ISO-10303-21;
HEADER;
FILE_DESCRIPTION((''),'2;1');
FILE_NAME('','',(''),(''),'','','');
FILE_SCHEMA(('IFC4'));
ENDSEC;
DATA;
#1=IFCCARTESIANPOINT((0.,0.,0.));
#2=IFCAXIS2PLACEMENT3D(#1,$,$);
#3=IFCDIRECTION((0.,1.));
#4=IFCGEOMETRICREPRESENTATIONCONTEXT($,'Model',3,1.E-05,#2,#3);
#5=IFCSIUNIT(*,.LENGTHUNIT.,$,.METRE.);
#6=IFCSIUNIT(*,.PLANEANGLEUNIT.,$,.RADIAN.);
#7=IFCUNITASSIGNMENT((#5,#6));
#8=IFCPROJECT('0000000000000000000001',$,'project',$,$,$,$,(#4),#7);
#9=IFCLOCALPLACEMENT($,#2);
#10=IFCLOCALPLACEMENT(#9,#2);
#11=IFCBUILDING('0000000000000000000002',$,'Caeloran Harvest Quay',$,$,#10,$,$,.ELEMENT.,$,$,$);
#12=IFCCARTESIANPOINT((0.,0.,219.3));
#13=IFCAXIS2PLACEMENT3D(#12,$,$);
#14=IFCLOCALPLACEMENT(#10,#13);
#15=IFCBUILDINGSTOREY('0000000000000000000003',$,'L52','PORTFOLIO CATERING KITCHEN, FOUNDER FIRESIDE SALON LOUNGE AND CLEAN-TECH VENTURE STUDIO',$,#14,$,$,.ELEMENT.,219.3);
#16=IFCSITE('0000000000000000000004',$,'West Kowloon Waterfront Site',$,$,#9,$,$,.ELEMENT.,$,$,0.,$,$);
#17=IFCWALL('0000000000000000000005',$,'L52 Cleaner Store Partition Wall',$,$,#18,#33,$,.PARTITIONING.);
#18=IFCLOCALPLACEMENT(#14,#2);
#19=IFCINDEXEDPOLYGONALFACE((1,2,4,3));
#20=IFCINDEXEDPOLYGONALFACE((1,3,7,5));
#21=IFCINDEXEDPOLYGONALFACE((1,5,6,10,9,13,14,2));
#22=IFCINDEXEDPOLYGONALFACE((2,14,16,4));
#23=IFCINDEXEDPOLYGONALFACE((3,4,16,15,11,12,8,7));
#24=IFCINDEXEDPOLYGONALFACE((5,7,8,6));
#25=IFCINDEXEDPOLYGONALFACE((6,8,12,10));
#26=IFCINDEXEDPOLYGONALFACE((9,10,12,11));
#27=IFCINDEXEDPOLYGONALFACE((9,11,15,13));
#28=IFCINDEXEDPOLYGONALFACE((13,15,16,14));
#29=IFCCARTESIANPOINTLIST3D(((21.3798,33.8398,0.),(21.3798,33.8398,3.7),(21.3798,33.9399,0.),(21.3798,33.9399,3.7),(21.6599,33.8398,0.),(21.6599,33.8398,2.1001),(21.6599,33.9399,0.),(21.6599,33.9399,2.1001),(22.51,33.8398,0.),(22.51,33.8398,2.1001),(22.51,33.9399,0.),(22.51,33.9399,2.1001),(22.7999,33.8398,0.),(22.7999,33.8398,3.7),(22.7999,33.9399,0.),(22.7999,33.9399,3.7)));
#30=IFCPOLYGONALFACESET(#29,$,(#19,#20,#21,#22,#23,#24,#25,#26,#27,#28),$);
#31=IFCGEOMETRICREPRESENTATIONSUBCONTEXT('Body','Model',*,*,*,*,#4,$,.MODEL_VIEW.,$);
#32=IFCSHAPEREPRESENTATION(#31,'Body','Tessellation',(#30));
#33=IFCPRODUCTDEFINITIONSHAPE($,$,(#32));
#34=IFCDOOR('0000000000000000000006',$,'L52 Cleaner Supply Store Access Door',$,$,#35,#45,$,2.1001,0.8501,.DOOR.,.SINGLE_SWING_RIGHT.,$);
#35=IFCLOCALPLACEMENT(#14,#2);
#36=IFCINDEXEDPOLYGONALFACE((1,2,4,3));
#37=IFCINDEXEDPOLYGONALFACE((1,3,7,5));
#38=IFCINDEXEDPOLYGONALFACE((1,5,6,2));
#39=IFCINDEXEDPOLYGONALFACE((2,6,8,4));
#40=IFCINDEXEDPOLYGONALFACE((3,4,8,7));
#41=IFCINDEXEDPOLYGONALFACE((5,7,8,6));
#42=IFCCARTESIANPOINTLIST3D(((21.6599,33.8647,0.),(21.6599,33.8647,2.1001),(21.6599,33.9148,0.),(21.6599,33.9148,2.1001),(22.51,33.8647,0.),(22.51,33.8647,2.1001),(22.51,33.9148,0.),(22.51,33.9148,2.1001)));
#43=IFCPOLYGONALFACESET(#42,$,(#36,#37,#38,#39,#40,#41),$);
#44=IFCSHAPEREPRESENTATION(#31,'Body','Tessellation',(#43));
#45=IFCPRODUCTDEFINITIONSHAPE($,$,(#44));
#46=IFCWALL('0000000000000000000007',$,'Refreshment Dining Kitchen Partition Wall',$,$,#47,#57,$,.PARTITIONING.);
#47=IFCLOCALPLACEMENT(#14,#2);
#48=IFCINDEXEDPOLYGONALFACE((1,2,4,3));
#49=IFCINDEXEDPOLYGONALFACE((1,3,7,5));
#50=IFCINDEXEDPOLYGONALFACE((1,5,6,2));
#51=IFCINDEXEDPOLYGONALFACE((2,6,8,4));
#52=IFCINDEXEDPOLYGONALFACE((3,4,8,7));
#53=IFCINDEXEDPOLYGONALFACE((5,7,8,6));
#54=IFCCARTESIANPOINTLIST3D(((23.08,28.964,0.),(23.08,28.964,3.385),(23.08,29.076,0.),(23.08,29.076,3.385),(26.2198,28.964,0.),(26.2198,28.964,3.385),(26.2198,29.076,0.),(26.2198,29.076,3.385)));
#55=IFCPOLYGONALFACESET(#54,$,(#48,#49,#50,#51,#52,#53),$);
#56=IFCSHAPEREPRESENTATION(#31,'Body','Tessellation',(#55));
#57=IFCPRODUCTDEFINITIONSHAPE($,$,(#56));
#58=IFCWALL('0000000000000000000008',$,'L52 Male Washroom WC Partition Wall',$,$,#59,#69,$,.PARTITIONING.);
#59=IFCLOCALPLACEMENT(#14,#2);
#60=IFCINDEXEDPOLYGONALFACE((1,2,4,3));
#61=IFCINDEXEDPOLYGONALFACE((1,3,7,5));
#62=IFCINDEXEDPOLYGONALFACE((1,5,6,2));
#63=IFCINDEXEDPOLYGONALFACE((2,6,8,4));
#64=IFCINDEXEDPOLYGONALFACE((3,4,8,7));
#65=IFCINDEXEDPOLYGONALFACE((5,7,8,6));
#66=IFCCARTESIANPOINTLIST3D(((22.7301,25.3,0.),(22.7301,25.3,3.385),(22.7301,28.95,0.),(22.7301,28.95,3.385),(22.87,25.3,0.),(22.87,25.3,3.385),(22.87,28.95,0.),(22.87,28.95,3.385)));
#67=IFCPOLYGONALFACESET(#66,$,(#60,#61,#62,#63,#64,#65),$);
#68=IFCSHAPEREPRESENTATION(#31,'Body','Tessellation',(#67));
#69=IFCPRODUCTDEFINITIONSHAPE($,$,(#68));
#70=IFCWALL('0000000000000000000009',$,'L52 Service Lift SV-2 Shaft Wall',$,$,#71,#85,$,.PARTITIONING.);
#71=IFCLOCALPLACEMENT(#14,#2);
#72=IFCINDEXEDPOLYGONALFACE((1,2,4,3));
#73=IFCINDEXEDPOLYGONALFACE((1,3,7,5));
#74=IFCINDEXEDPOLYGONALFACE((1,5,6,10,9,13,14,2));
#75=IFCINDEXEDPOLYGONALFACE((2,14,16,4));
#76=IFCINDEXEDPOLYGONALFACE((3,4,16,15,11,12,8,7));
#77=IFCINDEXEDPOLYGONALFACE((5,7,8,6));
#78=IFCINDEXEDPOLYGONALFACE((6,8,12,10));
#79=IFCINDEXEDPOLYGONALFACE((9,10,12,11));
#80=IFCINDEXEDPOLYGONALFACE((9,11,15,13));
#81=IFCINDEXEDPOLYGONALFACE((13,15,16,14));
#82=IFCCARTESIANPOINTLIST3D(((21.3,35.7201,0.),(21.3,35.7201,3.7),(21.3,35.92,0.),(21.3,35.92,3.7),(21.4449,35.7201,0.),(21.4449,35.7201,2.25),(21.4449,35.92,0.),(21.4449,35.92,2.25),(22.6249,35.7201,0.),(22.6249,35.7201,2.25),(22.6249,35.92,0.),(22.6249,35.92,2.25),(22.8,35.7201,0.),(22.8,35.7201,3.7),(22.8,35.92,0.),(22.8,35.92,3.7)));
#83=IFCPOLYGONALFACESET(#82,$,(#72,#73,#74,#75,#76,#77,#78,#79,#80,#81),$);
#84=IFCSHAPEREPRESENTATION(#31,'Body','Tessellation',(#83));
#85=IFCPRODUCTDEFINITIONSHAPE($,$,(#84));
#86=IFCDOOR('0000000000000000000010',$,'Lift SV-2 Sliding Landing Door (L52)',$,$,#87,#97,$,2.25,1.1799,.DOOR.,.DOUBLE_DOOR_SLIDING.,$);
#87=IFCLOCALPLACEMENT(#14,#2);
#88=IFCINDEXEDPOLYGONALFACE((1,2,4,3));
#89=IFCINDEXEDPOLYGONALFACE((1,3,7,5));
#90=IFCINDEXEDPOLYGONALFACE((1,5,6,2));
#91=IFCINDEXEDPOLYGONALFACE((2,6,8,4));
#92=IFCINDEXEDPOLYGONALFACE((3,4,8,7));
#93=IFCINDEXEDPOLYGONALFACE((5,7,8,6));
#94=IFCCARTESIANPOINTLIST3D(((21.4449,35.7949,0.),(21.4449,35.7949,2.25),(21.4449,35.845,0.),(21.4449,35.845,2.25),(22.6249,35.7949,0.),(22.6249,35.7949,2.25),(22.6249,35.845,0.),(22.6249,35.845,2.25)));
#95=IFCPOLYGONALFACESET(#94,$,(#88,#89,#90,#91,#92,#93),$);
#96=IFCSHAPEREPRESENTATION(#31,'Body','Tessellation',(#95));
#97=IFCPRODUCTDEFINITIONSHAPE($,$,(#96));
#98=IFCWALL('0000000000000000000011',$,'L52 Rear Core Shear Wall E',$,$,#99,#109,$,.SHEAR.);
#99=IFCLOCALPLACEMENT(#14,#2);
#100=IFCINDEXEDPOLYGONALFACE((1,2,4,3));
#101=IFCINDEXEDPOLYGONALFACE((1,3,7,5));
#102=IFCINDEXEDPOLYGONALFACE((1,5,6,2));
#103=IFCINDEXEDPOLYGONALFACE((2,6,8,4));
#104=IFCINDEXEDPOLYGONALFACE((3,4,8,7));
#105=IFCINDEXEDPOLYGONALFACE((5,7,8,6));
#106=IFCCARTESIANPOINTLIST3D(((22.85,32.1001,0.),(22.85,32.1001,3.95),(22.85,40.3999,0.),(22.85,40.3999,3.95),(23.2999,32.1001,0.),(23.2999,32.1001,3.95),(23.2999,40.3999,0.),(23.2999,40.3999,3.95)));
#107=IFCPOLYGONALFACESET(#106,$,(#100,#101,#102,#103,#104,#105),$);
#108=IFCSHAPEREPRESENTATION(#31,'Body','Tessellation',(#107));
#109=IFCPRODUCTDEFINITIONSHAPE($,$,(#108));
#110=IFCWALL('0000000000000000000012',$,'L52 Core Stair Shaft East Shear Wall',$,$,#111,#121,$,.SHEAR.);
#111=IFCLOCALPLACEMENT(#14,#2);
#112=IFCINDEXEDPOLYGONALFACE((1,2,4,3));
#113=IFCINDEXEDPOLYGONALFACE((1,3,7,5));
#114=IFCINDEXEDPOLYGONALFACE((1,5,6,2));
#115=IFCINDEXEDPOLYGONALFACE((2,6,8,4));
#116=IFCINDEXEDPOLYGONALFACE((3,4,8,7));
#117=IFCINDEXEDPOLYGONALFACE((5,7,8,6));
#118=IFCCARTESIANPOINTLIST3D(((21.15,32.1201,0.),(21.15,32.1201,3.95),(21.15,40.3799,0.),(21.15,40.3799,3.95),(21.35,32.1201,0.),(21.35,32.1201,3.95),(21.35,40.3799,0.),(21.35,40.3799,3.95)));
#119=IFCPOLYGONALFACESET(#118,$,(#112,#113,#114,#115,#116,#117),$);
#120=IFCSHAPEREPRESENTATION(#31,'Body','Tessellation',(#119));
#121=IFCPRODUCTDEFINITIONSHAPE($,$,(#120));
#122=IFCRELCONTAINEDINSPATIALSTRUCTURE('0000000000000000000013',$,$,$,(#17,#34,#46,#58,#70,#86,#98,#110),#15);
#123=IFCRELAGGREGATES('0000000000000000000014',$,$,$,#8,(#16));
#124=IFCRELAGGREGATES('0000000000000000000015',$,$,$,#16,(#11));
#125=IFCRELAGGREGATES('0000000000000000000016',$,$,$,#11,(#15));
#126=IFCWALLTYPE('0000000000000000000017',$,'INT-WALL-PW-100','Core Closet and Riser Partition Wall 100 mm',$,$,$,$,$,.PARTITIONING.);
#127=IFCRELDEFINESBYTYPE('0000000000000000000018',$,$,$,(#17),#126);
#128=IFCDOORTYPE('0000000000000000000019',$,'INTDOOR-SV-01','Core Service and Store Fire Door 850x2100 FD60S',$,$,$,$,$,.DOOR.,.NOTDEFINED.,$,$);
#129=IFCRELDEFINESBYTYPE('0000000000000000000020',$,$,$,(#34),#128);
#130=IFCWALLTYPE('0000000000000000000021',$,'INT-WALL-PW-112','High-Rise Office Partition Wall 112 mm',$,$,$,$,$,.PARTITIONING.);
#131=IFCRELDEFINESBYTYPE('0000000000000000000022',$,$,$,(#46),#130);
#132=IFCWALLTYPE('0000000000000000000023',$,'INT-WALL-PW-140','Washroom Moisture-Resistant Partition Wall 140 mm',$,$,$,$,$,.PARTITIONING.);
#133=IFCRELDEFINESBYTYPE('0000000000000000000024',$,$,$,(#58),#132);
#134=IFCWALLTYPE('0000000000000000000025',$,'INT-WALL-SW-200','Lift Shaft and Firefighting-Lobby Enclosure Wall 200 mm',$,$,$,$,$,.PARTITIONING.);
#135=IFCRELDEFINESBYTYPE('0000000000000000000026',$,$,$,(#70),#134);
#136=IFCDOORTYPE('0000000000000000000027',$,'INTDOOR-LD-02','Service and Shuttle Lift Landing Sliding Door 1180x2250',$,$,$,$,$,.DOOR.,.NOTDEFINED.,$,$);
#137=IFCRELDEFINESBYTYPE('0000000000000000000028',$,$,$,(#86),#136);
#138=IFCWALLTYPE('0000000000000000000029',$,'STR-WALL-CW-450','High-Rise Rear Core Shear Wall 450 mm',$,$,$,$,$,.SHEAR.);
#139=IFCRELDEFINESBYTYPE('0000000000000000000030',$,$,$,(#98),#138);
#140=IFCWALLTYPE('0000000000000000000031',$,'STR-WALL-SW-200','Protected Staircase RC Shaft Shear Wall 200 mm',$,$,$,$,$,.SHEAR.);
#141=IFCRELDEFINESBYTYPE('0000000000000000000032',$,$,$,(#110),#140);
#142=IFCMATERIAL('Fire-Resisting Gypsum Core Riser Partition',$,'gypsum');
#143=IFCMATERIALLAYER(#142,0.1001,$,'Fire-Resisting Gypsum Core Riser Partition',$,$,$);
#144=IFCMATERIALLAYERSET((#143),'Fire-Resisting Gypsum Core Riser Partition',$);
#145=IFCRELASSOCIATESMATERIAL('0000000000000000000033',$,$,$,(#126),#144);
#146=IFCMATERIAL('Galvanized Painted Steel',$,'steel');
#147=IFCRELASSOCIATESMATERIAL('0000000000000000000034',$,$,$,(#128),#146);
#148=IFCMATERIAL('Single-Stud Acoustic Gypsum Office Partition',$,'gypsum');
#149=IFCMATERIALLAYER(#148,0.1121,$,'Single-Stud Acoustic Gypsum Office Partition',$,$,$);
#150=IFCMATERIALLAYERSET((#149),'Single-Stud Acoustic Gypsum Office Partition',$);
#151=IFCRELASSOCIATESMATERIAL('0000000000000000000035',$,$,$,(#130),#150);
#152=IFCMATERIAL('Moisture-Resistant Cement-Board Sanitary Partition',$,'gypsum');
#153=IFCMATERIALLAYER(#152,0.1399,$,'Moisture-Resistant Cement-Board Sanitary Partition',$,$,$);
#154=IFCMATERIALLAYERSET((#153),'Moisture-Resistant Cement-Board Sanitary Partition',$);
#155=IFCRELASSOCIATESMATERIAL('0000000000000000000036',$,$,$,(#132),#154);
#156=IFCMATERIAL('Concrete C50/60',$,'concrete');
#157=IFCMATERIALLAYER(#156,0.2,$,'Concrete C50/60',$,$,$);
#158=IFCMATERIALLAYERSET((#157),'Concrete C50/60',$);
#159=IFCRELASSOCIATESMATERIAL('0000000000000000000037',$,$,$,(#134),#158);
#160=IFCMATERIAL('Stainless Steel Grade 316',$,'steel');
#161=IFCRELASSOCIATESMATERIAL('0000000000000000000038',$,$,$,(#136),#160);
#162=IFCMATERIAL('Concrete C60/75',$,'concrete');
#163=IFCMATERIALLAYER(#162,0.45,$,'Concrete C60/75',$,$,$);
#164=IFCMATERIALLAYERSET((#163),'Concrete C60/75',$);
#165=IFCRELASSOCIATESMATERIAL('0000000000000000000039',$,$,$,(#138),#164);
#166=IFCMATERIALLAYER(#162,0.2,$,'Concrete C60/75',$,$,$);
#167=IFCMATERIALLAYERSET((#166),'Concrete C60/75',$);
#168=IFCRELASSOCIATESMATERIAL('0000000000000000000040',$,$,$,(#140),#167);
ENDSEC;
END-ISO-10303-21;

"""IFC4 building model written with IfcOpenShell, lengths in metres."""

from ifc_helpers import new_model, si_unit, direction, frame, frame_2d, origin, place, context, subcontext, project, spatial, rectangle, extrude, material, layer, layer_set, type_object, element, fill, save


model = new_model("IFC4")

# Units and contexts
model_context = context("Model", 3, precision=1e-05, world=origin(), true_north=direction((0.0, 1.0)))
body_context = subcontext(model_context, "Body", "Model", "MODEL_VIEW")
ifc_project = project(units=[si_unit("LENGTHUNIT", "METRE"), si_unit("PLANEANGLEUNIT", "RADIAN")], contexts=[model_context])

# Site, building, storey
site_placement = place(None, origin())
site = spatial("IfcSite", under=ifc_project, at=site_placement, Name="West Kowloon Waterfront Site", CompositionType="ELEMENT", RefElevation=0.0)
building_placement = place(site_placement, origin())
building = spatial("IfcBuilding", under=site, at=building_placement, Name="Caeloran Harvest Quay", CompositionType="ELEMENT")
storey_placement = place(building_placement, frame((0.0, 0.0, 219.3)))
storey = spatial("IfcBuildingStorey", under=building, at=storey_placement, Name="L52", Description="PORTFOLIO CATERING KITCHEN, FOUNDER FIRESIDE SALON LOUNGE AND CLEAN-TECH VENTURE STUDIO", CompositionType="ELEMENT", Elevation=219.3)

# Wall, opening, door
ifc_material_1 = material(Name="Fire-Resisting Gypsum Core Riser Partition", Category="gypsum")
ifc_layer_1 = layer(ifc_material_1, 0.1001, Name="Fire-Resisting Gypsum Core Riser Partition")
ifc_layer_set_1 = layer_set([ifc_layer_1], Name="Fire-Resisting Gypsum Core Riser Partition")
wall_type_1 = type_object("IfcWallType", Name="INT-WALL-PW-100", Description="Core Closet and Riser Partition Wall 100 mm", PredefinedType="PARTITIONING", material=ifc_layer_set_1)
wall_1_placement = place(storey_placement, frame((21.3799, 33.8899, 0.0), z_axis=(0.0, 0.0, 1.0), x_axis=(1.0, 0.0, 0.0)))
wall_1 = element("IfcWall", 1, at=wall_1_placement, inside=storey, type_object=wall_type_1, Name="L52 Cleaner Store Partition Wall", PredefinedType="PARTITIONING", context=body_context, shape_type="SweptSolid", body=[
    extrude(rectangle(XDim=1.4202, YDim=0.1001, at=frame_2d((0.71, 0.0))), origin(), (0.0, 0.0, 1.0), 3.7),
])
opening_1_placement = place(wall_1_placement, frame((0.28, 0.0, 0.0)))
opening_1 = element("IfcOpeningElement", 2, at=opening_1_placement, cuts=wall_1, PredefinedType="OPENING", context=body_context, shape_type="SweptSolid", body=[
    extrude(rectangle(XDim=0.8501, YDim=2.1001, at=frame_2d((0.425, 1.05))), frame((0.0, 0.0601, 0.0), z_axis=(0.0, -1.0, 0.0), x_axis=(1.0, 0.0, 0.0)), (0.0, 0.0, 1.0), 0.1201),
])
ifc_material_2 = material(Name="Galvanized Painted Steel", Category="steel")
door_type_1 = type_object("IfcDoorType", Name="INTDOOR-SV-01", Description="Core Service and Store Fire Door 850x2100 FD60S", OperationType="NOTDEFINED", PredefinedType="DOOR", material=ifc_material_2)
door_1_placement = place(opening_1_placement, origin())
door_1 = element("IfcDoor", 3, at=door_1_placement, inside=storey, type_object=door_type_1, Name="L52 Cleaner Supply Store Access Door", OperationType="SINGLE_SWING_RIGHT", OverallHeight=2.1001, OverallWidth=0.8501, PredefinedType="DOOR", context=body_context, shape_type="SweptSolid", body=[
    extrude(rectangle(XDim=0.8501, YDim=2.1001, at=frame_2d((0.425, 1.05))), frame((0.0, 0.0249, 0.0), z_axis=(0.0, -1.0, 0.0), x_axis=(1.0, 0.0, 0.0)), (0.0, 0.0, 1.0), 0.05),
])
fill(opening_1, door_1)

# Walls
ifc_material_3 = material(Name="Single-Stud Acoustic Gypsum Office Partition", Category="gypsum")
ifc_layer_2 = layer(ifc_material_3, 0.1121, Name="Single-Stud Acoustic Gypsum Office Partition")
ifc_layer_set_2 = layer_set([ifc_layer_2], Name="Single-Stud Acoustic Gypsum Office Partition")
wall_type_2 = type_object("IfcWallType", Name="INT-WALL-PW-112", Description="High-Rise Office Partition Wall 112 mm", PredefinedType="PARTITIONING", material=ifc_layer_set_2)
wall_2_placement = place(storey_placement, frame((23.0801, 29.02, 0.0), z_axis=(0.0, 0.0, 1.0), x_axis=(1.0, 0.0, 0.0)))
element("IfcWall", 4, at=wall_2_placement, inside=storey, type_object=wall_type_2, Name="Refreshment Dining Kitchen Partition Wall", PredefinedType="PARTITIONING", context=body_context, shape_type="SweptSolid", body=[
    extrude(rectangle(XDim=3.1399, YDim=0.1121, at=frame_2d((1.5698, 0.0))), origin(), (0.0, 0.0, 1.0), 3.385),
])
ifc_material_4 = material(Name="Moisture-Resistant Cement-Board Sanitary Partition", Category="gypsum")
ifc_layer_3 = layer(ifc_material_4, 0.1399, Name="Moisture-Resistant Cement-Board Sanitary Partition")
ifc_layer_set_3 = layer_set([ifc_layer_3], Name="Moisture-Resistant Cement-Board Sanitary Partition")
wall_type_3 = type_object("IfcWallType", Name="INT-WALL-PW-140", Description="Washroom Moisture-Resistant Partition Wall 140 mm", PredefinedType="PARTITIONING", material=ifc_layer_set_3)
wall_3_placement = place(storey_placement, frame((22.8, 28.95, 0.0), z_axis=(0.0, 0.0, 1.0), x_axis=(0.0, -1.0, 0.0)))
element("IfcWall", 5, at=wall_3_placement, inside=storey, type_object=wall_type_3, Name="L52 Male Washroom WC Partition Wall", PredefinedType="PARTITIONING", context=body_context, shape_type="SweptSolid", body=[
    extrude(rectangle(XDim=3.6499, YDim=0.1399, at=frame_2d((1.825, 0.0))), origin(), (0.0, 0.0, 1.0), 3.385),
])

# Wall, opening, door
ifc_material_5 = material(Name="Concrete C50/60", Category="concrete")
ifc_layer_4 = layer(ifc_material_5, 0.2, Name="Concrete C50/60")
ifc_layer_set_4 = layer_set([ifc_layer_4], Name="Concrete C50/60")
wall_type_4 = type_object("IfcWallType", Name="INT-WALL-SW-200", Description="Lift Shaft and Firefighting-Lobby Enclosure Wall 200 mm", PredefinedType="PARTITIONING", material=ifc_layer_set_4)
wall_4_placement = place(storey_placement, frame((21.3, 35.8201, 0.0), z_axis=(0.0, 0.0, 1.0), x_axis=(1.0, 0.0, 0.0)))
wall_4 = element("IfcWall", 6, at=wall_4_placement, inside=storey, type_object=wall_type_4, Name="L52 Service Lift SV-2 Shaft Wall", PredefinedType="PARTITIONING", context=body_context, shape_type="SweptSolid", body=[
    extrude(rectangle(XDim=1.5, YDim=0.2, at=frame_2d((0.75, 0.0))), origin(), (0.0, 0.0, 1.0), 3.7),
])
opening_2_placement = place(wall_4_placement, frame((0.145, 0.0, 0.0)))
opening_2 = element("IfcOpeningElement", 7, at=opening_2_placement, cuts=wall_4, PredefinedType="OPENING", context=body_context, shape_type="SweptSolid", body=[
    extrude(rectangle(XDim=1.1799, YDim=2.25, at=frame_2d((0.5898, 1.125))), frame((0.0, 0.1099, 0.0), z_axis=(0.0, -1.0, 0.0), x_axis=(1.0, 0.0, 0.0)), (0.0, 0.0, 1.0), 0.22),
])
ifc_material_6 = material(Name="Stainless Steel Grade 316", Category="steel")
door_type_2 = type_object("IfcDoorType", Name="INTDOOR-LD-02", Description="Service and Shuttle Lift Landing Sliding Door 1180x2250", OperationType="NOTDEFINED", PredefinedType="DOOR", material=ifc_material_6)
door_2_placement = place(opening_2_placement, origin())
door_2 = element("IfcDoor", 8, at=door_2_placement, inside=storey, type_object=door_type_2, Name="Lift SV-2 Sliding Landing Door (L52)", OperationType="DOUBLE_DOOR_SLIDING", OverallHeight=2.25, OverallWidth=1.1799, PredefinedType="DOOR", context=body_context, shape_type="SweptSolid", body=[
    extrude(rectangle(XDim=1.1799, YDim=2.25, at=frame_2d((0.5898, 1.125))), frame((0.0, 0.0249, 0.0), z_axis=(0.0, -1.0, 0.0), x_axis=(1.0, 0.0, 0.0)), (0.0, 0.0, 1.0), 0.05),
])
fill(opening_2, door_2)

# Walls
ifc_material_7 = material(Name="Concrete C60/75", Category="concrete")
ifc_layer_5 = layer(ifc_material_7, 0.45, Name="Concrete C60/75")
ifc_layer_set_5 = layer_set([ifc_layer_5], Name="Concrete C60/75")
wall_type_5 = type_object("IfcWallType", Name="STR-WALL-CW-450", Description="High-Rise Rear Core Shear Wall 450 mm", PredefinedType="SHEAR", material=ifc_layer_set_5)
wall_5_placement = place(storey_placement, frame((23.075, 32.1001, 0.0), z_axis=(0.0, 0.0, 1.0), x_axis=(0.0, 1.0, 0.0)))
element("IfcWall", 9, at=wall_5_placement, inside=storey, type_object=wall_type_5, Name="L52 Rear Core Shear Wall E", PredefinedType="SHEAR", context=body_context, shape_type="SweptSolid", body=[
    extrude(rectangle(XDim=8.2998, YDim=0.45, at=frame_2d((4.1499, 0.0))), origin(), (0.0, 0.0, 1.0), 3.95),
])
ifc_layer_6 = layer(ifc_material_7, 0.2, Name="Concrete C60/75")
ifc_layer_set_6 = layer_set([ifc_layer_6], Name="Concrete C60/75")
wall_type_6 = type_object("IfcWallType", Name="STR-WALL-SW-200", Description="Protected Staircase RC Shaft Shear Wall 200 mm", PredefinedType="SHEAR", material=ifc_layer_set_6)
wall_6_placement = place(storey_placement, frame((21.25, 32.1201, 0.0), z_axis=(0.0, 0.0, 1.0), x_axis=(0.0, 1.0, 0.0)))
element("IfcWall", 10, at=wall_6_placement, inside=storey, type_object=wall_type_6, Name="L52 Core Stair Shaft East Shear Wall", PredefinedType="SHEAR", context=body_context, shape_type="SweptSolid", body=[
    extrude(rectangle(XDim=8.2598, YDim=0.2, at=frame_2d((4.1299, 0.0))), origin(), (0.0, 0.0, 1.0), 3.95),
])

save(model, "model.ifc")
